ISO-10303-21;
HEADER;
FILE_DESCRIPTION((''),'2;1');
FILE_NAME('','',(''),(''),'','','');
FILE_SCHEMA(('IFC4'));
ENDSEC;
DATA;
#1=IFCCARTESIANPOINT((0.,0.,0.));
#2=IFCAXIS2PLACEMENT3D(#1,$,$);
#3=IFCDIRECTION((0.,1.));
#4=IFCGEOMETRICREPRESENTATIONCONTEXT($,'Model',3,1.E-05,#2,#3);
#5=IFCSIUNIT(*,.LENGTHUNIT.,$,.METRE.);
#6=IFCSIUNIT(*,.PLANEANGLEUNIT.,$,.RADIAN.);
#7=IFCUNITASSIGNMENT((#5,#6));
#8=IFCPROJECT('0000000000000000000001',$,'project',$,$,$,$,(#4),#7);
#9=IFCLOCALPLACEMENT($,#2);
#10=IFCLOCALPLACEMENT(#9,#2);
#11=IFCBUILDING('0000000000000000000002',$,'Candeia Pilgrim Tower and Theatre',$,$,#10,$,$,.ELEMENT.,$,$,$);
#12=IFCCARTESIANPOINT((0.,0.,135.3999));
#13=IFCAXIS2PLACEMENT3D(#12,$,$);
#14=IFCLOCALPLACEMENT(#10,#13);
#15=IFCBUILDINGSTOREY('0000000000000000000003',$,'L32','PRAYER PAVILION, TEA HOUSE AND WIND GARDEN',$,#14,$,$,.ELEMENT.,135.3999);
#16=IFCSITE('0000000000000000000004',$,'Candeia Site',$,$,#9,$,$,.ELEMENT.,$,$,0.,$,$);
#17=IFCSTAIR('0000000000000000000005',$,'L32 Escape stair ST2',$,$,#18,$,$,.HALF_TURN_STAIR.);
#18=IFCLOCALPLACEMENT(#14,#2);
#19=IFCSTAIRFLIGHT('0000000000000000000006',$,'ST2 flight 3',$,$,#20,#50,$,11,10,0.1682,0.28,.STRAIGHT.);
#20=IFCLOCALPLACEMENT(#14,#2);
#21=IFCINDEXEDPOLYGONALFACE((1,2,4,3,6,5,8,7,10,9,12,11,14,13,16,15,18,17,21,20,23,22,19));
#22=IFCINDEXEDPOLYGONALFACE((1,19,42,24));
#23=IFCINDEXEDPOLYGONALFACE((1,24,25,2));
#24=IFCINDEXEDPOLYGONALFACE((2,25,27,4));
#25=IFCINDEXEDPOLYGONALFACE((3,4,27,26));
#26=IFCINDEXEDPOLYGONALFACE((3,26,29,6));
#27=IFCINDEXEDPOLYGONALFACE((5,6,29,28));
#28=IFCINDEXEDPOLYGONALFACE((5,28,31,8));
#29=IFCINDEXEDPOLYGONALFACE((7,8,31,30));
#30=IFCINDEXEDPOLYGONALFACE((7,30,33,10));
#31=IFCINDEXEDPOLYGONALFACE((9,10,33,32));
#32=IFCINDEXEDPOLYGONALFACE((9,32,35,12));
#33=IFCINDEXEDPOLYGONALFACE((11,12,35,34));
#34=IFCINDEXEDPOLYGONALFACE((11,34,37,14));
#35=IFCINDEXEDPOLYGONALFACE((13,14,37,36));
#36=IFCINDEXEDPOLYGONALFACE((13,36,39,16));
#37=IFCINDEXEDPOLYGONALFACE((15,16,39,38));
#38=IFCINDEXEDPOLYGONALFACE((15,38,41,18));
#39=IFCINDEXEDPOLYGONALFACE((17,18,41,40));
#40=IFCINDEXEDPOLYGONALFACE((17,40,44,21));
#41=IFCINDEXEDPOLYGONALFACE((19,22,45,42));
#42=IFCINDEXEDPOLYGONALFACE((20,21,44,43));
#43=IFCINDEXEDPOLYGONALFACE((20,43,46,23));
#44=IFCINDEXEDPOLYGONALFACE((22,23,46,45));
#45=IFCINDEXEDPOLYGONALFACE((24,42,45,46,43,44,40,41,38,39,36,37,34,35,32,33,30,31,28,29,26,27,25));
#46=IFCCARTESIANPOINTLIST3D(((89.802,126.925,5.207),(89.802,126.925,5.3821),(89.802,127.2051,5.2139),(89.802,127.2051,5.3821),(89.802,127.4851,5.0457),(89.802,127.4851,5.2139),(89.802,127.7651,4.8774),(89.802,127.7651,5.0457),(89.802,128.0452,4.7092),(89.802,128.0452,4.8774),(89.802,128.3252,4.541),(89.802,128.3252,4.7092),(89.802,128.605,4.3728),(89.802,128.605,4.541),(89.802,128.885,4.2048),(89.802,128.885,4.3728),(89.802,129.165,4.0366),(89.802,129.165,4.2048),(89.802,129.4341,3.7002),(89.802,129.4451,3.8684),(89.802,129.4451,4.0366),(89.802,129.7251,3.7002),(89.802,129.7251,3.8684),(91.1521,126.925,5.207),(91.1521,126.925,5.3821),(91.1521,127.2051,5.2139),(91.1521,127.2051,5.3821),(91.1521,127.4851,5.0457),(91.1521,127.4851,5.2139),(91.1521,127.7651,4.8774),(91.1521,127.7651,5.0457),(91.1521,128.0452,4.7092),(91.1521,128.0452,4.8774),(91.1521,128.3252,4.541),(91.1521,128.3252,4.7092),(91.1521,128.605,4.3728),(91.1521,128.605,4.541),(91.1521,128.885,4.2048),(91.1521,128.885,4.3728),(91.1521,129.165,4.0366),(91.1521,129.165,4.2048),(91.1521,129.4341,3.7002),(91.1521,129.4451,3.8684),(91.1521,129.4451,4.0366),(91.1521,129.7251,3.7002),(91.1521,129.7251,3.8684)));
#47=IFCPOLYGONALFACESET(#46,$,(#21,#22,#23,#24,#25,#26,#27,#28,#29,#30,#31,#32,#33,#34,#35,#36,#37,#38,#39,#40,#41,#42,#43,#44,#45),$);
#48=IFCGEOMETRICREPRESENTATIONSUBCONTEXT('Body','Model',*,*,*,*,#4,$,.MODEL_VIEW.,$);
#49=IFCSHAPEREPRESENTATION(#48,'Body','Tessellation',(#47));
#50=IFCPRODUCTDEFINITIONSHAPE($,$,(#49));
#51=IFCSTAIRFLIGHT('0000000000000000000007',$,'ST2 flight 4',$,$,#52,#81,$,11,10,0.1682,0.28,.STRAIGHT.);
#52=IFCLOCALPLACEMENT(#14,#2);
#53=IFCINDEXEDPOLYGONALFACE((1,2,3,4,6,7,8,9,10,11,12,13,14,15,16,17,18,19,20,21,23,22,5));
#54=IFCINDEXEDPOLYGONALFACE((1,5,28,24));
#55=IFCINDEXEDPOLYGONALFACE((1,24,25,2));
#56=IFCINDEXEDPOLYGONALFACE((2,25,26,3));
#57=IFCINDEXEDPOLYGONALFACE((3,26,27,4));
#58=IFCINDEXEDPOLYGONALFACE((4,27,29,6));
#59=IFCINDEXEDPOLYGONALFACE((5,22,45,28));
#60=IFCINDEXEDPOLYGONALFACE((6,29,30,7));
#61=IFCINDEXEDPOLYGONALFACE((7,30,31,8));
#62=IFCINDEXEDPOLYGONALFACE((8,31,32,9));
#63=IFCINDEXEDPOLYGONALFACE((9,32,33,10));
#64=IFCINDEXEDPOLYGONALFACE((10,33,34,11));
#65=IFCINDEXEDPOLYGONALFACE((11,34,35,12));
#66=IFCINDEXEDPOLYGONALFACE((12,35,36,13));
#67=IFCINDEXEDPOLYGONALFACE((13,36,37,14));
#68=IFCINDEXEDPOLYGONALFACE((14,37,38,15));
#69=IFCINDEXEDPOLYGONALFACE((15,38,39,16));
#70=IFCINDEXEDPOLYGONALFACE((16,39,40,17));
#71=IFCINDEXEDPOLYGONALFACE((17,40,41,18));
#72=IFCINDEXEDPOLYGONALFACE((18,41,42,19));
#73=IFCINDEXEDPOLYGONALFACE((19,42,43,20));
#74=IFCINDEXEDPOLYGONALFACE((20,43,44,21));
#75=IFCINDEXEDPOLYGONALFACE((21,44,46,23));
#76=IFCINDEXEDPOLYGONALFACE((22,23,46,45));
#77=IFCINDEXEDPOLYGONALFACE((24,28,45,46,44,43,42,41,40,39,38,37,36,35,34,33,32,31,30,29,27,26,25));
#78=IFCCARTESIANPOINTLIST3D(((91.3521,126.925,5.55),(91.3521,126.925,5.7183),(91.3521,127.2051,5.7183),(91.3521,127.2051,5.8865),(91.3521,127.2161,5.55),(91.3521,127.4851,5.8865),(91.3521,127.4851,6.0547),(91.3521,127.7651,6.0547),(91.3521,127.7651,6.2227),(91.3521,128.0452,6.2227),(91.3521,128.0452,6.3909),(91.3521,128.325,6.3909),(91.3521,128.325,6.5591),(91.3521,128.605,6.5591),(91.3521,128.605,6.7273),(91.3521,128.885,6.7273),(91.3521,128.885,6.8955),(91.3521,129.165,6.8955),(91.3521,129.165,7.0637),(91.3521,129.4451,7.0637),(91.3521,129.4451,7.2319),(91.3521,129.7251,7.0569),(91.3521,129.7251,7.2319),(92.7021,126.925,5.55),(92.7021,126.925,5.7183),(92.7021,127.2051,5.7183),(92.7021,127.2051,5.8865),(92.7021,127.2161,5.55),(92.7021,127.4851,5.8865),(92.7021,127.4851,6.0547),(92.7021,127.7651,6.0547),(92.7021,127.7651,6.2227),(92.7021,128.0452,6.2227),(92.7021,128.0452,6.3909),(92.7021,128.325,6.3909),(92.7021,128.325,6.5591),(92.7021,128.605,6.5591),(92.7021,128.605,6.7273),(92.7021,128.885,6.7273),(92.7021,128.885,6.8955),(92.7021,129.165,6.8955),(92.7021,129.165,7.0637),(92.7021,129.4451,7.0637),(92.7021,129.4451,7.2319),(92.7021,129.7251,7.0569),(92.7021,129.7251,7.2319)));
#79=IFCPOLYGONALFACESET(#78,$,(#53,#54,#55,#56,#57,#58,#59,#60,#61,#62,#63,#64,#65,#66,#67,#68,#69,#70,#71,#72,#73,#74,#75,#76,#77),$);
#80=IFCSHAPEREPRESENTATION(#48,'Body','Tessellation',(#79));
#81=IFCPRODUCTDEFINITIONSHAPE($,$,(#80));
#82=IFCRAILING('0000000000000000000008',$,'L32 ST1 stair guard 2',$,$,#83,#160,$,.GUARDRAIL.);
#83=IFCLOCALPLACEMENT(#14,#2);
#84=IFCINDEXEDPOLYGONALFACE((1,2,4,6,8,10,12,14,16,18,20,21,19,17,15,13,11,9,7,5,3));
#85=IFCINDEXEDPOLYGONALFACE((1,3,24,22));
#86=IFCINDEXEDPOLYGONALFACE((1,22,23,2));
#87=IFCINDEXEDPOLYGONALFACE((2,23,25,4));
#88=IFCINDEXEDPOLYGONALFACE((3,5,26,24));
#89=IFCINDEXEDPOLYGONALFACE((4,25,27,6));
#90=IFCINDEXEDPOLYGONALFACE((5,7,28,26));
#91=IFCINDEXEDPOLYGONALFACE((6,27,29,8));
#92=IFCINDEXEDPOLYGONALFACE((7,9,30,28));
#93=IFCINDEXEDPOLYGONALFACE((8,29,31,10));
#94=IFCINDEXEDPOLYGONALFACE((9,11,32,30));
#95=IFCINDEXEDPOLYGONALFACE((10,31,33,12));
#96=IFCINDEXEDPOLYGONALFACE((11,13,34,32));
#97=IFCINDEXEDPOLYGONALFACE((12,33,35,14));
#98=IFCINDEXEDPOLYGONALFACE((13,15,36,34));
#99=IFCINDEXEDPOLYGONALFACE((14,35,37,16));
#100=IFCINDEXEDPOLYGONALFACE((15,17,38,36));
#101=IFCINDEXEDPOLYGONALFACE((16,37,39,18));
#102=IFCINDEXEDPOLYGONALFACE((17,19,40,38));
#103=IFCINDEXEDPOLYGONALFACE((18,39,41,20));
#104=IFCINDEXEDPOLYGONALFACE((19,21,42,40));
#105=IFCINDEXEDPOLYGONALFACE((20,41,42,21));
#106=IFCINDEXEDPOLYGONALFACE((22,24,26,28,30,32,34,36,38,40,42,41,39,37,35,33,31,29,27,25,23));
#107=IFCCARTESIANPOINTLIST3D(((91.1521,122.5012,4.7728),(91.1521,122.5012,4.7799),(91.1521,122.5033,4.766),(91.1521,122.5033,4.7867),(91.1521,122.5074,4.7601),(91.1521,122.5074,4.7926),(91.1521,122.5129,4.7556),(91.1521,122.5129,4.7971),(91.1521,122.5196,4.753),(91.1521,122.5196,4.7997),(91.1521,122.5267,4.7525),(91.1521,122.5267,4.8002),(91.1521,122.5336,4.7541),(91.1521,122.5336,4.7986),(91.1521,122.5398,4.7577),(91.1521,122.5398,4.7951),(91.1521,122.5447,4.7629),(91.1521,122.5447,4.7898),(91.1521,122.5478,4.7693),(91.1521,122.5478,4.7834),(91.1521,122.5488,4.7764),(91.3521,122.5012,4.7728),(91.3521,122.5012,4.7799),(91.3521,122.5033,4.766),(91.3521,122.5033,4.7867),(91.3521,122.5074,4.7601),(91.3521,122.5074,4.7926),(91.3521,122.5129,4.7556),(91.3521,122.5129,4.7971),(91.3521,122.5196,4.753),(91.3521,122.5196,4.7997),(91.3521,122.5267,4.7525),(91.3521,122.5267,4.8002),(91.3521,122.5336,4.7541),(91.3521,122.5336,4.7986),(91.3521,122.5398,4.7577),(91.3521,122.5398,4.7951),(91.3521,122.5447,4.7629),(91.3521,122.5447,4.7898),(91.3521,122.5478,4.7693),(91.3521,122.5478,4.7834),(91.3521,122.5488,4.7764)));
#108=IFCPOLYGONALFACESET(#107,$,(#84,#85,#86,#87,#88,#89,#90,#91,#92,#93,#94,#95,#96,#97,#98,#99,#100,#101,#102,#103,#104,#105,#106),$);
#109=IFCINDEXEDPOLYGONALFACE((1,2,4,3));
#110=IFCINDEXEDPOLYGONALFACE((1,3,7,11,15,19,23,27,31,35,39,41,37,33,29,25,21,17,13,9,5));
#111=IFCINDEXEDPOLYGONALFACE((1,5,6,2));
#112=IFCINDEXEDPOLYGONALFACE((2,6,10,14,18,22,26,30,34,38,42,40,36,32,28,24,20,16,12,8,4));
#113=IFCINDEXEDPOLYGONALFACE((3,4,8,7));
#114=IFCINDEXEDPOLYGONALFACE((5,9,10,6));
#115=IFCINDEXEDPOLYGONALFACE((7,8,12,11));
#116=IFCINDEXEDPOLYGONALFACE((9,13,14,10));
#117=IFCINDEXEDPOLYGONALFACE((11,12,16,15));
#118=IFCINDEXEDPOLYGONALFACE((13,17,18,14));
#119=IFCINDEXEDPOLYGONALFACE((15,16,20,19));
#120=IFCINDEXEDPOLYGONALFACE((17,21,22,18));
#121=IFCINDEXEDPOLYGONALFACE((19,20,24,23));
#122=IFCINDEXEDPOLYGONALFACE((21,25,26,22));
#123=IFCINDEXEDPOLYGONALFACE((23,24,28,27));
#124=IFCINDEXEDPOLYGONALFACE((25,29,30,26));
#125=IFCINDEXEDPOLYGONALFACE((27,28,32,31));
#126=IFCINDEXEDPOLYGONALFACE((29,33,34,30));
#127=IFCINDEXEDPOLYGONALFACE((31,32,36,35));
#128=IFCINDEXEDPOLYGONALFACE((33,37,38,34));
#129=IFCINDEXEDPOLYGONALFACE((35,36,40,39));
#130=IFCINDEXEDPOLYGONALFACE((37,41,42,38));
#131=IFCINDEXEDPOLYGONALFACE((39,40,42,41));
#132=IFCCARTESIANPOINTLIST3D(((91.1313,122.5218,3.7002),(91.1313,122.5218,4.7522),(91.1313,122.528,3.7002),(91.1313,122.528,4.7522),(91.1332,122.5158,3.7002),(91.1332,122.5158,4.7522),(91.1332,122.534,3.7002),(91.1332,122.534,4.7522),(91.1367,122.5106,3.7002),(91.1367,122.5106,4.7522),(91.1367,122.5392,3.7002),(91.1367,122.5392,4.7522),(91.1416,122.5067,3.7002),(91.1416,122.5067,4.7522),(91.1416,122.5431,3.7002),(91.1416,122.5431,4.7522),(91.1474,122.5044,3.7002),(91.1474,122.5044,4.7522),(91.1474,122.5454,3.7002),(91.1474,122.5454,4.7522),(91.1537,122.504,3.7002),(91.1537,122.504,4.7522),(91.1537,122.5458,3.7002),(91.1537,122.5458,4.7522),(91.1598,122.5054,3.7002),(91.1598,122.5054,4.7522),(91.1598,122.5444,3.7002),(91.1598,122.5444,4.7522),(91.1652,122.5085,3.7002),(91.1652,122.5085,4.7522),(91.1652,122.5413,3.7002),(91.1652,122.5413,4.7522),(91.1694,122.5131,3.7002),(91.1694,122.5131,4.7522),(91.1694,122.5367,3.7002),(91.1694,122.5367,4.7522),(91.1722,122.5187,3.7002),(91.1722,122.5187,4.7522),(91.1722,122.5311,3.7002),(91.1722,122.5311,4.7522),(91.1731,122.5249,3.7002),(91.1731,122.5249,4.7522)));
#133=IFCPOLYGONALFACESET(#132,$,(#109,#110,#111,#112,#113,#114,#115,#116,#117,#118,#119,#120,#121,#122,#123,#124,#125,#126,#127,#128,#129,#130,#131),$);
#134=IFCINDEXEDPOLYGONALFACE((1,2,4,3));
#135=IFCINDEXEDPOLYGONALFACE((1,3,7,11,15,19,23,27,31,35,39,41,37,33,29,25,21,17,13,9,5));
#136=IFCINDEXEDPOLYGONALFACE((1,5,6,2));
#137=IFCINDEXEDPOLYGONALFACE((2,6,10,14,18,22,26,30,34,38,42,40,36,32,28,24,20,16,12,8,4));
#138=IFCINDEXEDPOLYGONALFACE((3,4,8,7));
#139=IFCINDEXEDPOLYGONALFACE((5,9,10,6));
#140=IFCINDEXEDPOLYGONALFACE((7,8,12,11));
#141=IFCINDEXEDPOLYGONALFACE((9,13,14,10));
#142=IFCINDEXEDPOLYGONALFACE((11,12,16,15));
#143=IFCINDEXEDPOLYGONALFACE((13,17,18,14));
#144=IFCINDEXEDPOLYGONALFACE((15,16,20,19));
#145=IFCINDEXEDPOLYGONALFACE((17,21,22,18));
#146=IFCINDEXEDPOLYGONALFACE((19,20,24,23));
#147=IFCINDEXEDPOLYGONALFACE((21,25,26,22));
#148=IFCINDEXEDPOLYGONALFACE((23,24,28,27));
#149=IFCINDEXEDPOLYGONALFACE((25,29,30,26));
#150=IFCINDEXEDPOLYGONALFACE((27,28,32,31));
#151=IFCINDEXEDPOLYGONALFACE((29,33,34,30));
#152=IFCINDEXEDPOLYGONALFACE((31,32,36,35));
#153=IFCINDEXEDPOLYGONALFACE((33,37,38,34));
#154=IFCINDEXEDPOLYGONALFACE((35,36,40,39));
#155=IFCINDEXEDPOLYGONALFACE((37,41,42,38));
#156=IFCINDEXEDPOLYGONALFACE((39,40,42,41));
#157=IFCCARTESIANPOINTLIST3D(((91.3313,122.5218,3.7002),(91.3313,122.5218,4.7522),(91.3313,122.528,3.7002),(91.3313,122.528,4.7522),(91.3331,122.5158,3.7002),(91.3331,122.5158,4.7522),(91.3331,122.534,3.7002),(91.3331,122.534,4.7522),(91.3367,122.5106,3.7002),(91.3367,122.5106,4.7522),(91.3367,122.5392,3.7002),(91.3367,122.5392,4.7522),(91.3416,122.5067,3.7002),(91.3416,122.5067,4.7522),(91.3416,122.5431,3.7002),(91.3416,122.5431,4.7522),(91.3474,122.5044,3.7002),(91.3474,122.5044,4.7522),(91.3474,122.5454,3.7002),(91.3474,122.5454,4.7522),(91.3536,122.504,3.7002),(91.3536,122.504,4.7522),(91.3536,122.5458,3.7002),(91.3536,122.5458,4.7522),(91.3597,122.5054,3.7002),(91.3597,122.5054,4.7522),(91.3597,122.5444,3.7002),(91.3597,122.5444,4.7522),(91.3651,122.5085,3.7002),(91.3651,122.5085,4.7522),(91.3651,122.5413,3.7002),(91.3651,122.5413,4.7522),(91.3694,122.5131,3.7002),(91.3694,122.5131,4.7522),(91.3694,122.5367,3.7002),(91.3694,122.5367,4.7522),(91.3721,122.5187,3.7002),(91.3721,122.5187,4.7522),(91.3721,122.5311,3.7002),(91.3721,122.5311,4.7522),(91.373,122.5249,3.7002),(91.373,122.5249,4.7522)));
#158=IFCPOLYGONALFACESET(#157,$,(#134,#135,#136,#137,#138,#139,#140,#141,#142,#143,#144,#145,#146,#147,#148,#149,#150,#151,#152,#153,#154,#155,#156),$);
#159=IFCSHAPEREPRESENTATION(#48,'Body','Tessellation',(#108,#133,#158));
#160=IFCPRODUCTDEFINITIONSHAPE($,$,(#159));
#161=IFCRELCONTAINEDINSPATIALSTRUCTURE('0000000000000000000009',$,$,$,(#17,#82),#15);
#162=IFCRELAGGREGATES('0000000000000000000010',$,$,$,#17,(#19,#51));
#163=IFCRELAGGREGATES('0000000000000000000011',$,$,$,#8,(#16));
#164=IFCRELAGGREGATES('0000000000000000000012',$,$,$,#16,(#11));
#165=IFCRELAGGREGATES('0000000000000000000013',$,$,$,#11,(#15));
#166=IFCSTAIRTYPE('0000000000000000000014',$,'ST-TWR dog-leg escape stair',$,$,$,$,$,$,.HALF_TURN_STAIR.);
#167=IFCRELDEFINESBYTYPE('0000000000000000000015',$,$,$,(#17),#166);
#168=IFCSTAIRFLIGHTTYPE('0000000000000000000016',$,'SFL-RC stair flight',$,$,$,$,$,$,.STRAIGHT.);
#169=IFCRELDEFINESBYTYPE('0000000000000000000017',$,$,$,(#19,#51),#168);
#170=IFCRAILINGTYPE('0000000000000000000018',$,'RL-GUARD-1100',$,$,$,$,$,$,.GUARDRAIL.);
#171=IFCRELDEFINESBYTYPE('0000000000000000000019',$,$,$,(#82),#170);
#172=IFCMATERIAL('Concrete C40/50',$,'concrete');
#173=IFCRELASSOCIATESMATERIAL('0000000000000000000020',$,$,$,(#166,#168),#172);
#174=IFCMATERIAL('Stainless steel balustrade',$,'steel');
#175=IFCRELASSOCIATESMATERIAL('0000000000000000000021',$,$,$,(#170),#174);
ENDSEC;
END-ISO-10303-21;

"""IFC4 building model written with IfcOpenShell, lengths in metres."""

from ifc_helpers import new_model, si_unit, direction, frame, origin, origin_2d, place, context, subcontext, project, spatial, polyline, circle, outline, extrude, material, type_object, element, aggregate, save


model = new_model("IFC4")

# Units and contexts
model_context = context("Model", 3, precision=1e-05, world=origin(), true_north=direction((0.0, 1.0)))
body_context = subcontext(model_context, "Body", "Model", "MODEL_VIEW")
ifc_project = project(units=[si_unit("LENGTHUNIT", "METRE"), si_unit("PLANEANGLEUNIT", "RADIAN")], contexts=[model_context])

# Site, building, storey
site_placement = place(None, origin())
site = spatial("IfcSite", under=ifc_project, at=site_placement, Name="Candeia Site", CompositionType="ELEMENT", RefElevation=0.0)
building_placement = place(site_placement, origin())
building = spatial("IfcBuilding", under=site, at=building_placement, Name="Candeia Pilgrim Tower and Theatre", CompositionType="ELEMENT")
storey_placement = place(building_placement, frame((0.0, 0.0, 135.3999)))
storey = spatial("IfcBuildingStorey", under=building, at=storey_placement, Name="L32", Description="PRAYER PAVILION, TEA HOUSE AND WIND GARDEN", CompositionType="ELEMENT", Elevation=135.3999)

# Shared definitions
ifc_material_1 = material(Name="Concrete C40/50", Category="concrete")

# Stair, stair flights
stair_type = type_object("IfcStairType", Name="ST-TWR dog-leg escape stair", PredefinedType="HALF_TURN_STAIR", material=ifc_material_1)
stair_flight_type = type_object("IfcStairFlightType", Name="SFL-RC stair flight", PredefinedType="STRAIGHT", material=ifc_material_1)
stair_1_placement = place(storey_placement, origin())
stair_1 = element("IfcStair", 1, at=stair_1_placement, inside=storey, type_object=stair_type, Name="L32 Escape stair ST2", PredefinedType="HALF_TURN_STAIR")
stair_flight_1_placement = place(storey_placement, frame((90.4771, 129.7251, 3.7002), z_axis=(0.0, 0.0, 1.0), x_axis=(0.0, -1.0, 0.0)))
stair_flight_1 = element("IfcStairFlight", 2, at=stair_flight_1_placement, type_object=stair_flight_type, Name="ST2 flight 3", NumberOfRisers=11, NumberOfTreads=10, PredefinedType="STRAIGHT", RiserHeight=0.1682, TreadLength=0.28, context=body_context, shape_type="SweptSolid", body=[
    extrude(outline(polyline([(0.0, 0.0), (0.0, 0.1682), (0.28, 0.1682), (0.28, 0.3364), (0.5601, 0.3364), (0.5601, 0.5046), (0.8401, 0.5046), (0.8401, 0.6726), (1.1201, 0.6726), (1.1201, 0.8408), (1.3999, 0.8408), (1.3999, 1.009), (1.6799, 1.009), (1.6799, 1.1772), (1.96, 1.1772), (1.96, 1.3455), (2.24, 1.3455), (2.24, 1.5137), (2.52, 1.5137), (2.52, 1.6819), (2.8, 1.6819), (2.8, 1.8501), (2.8, 1.5068), (0.291, 0.0), (0.0, 0.0)])), frame((0.0, 0.675, 0.0), z_axis=(0.0, -1.0, 0.0), x_axis=(1.0, 0.0, 0.0)), (0.0, 0.0, 1.0), 1.3501),
])
stair_flight_2_placement = place(storey_placement, frame((92.0271, 126.925, 5.55), z_axis=(0.0, 0.0, 1.0), x_axis=(0.0, 1.0, 0.0)))
stair_flight_2 = element("IfcStairFlight", 3, at=stair_flight_2_placement, type_object=stair_flight_type, Name="ST2 flight 4", NumberOfRisers=11, NumberOfTreads=10, PredefinedType="STRAIGHT", RiserHeight=0.1682, TreadLength=0.28, context=body_context, shape_type="SweptSolid", body=[
    extrude(outline(polyline([(0.0, 0.0), (0.0, 0.1682), (0.28, 0.1682), (0.28, 0.3364), (0.5601, 0.3364), (0.5601, 0.5046), (0.8401, 0.5046), (0.8401, 0.6726), (1.1201, 0.6726), (1.1201, 0.8408), (1.3999, 0.8408), (1.3999, 1.009), (1.6799, 1.009), (1.6799, 1.1772), (1.96, 1.1772), (1.96, 1.3455), (2.24, 1.3455), (2.24, 1.5137), (2.52, 1.5137), (2.52, 1.6819), (2.8, 1.6819), (2.8, 1.8501), (2.8, 1.5068), (0.291, 0.0), (0.0, 0.0)])), frame((0.0, 0.675, 0.0), z_axis=(0.0, -1.0, 0.0), x_axis=(1.0, 0.0, 0.0)), (0.0, 0.0, 1.0), 1.3501),
])
aggregate(stair_1, [stair_flight_1, stair_flight_2])

# Railing
ifc_material_2 = material(Name="Stainless steel balustrade", Category="steel")
railing_type_1 = type_object("IfcRailingType", Name="RL-GUARD-1100", PredefinedType="GUARDRAIL", material=ifc_material_2)
railing_1_placement = place(storey_placement, frame((91.1521, 122.5249, 3.7002)))
element("IfcRailing", 4, at=railing_1_placement, inside=storey, type_object=railing_type_1, Name="L32 ST1 stair guard 2", PredefinedType="GUARDRAIL", context=body_context, shape_type="SweptSolid", body=[
    extrude(circle(Radius=0.0239, at=origin_2d()), frame((0.0, 0.0, 1.0762), z_axis=(1.0, 0.0, 0.0), x_axis=(0.0, 1.0, 0.0)), (0.0, 0.0, 1.0), 0.2),
    extrude(circle(Radius=0.021, at=origin_2d()), origin(), (0.0, 0.0, 1.0), 1.052),
    extrude(circle(Radius=0.021, at=origin_2d()), frame((0.2, 0.0, 0.0)), (0.0, 0.0, 1.0), 1.052),
])

save(model, "model.ifc")
